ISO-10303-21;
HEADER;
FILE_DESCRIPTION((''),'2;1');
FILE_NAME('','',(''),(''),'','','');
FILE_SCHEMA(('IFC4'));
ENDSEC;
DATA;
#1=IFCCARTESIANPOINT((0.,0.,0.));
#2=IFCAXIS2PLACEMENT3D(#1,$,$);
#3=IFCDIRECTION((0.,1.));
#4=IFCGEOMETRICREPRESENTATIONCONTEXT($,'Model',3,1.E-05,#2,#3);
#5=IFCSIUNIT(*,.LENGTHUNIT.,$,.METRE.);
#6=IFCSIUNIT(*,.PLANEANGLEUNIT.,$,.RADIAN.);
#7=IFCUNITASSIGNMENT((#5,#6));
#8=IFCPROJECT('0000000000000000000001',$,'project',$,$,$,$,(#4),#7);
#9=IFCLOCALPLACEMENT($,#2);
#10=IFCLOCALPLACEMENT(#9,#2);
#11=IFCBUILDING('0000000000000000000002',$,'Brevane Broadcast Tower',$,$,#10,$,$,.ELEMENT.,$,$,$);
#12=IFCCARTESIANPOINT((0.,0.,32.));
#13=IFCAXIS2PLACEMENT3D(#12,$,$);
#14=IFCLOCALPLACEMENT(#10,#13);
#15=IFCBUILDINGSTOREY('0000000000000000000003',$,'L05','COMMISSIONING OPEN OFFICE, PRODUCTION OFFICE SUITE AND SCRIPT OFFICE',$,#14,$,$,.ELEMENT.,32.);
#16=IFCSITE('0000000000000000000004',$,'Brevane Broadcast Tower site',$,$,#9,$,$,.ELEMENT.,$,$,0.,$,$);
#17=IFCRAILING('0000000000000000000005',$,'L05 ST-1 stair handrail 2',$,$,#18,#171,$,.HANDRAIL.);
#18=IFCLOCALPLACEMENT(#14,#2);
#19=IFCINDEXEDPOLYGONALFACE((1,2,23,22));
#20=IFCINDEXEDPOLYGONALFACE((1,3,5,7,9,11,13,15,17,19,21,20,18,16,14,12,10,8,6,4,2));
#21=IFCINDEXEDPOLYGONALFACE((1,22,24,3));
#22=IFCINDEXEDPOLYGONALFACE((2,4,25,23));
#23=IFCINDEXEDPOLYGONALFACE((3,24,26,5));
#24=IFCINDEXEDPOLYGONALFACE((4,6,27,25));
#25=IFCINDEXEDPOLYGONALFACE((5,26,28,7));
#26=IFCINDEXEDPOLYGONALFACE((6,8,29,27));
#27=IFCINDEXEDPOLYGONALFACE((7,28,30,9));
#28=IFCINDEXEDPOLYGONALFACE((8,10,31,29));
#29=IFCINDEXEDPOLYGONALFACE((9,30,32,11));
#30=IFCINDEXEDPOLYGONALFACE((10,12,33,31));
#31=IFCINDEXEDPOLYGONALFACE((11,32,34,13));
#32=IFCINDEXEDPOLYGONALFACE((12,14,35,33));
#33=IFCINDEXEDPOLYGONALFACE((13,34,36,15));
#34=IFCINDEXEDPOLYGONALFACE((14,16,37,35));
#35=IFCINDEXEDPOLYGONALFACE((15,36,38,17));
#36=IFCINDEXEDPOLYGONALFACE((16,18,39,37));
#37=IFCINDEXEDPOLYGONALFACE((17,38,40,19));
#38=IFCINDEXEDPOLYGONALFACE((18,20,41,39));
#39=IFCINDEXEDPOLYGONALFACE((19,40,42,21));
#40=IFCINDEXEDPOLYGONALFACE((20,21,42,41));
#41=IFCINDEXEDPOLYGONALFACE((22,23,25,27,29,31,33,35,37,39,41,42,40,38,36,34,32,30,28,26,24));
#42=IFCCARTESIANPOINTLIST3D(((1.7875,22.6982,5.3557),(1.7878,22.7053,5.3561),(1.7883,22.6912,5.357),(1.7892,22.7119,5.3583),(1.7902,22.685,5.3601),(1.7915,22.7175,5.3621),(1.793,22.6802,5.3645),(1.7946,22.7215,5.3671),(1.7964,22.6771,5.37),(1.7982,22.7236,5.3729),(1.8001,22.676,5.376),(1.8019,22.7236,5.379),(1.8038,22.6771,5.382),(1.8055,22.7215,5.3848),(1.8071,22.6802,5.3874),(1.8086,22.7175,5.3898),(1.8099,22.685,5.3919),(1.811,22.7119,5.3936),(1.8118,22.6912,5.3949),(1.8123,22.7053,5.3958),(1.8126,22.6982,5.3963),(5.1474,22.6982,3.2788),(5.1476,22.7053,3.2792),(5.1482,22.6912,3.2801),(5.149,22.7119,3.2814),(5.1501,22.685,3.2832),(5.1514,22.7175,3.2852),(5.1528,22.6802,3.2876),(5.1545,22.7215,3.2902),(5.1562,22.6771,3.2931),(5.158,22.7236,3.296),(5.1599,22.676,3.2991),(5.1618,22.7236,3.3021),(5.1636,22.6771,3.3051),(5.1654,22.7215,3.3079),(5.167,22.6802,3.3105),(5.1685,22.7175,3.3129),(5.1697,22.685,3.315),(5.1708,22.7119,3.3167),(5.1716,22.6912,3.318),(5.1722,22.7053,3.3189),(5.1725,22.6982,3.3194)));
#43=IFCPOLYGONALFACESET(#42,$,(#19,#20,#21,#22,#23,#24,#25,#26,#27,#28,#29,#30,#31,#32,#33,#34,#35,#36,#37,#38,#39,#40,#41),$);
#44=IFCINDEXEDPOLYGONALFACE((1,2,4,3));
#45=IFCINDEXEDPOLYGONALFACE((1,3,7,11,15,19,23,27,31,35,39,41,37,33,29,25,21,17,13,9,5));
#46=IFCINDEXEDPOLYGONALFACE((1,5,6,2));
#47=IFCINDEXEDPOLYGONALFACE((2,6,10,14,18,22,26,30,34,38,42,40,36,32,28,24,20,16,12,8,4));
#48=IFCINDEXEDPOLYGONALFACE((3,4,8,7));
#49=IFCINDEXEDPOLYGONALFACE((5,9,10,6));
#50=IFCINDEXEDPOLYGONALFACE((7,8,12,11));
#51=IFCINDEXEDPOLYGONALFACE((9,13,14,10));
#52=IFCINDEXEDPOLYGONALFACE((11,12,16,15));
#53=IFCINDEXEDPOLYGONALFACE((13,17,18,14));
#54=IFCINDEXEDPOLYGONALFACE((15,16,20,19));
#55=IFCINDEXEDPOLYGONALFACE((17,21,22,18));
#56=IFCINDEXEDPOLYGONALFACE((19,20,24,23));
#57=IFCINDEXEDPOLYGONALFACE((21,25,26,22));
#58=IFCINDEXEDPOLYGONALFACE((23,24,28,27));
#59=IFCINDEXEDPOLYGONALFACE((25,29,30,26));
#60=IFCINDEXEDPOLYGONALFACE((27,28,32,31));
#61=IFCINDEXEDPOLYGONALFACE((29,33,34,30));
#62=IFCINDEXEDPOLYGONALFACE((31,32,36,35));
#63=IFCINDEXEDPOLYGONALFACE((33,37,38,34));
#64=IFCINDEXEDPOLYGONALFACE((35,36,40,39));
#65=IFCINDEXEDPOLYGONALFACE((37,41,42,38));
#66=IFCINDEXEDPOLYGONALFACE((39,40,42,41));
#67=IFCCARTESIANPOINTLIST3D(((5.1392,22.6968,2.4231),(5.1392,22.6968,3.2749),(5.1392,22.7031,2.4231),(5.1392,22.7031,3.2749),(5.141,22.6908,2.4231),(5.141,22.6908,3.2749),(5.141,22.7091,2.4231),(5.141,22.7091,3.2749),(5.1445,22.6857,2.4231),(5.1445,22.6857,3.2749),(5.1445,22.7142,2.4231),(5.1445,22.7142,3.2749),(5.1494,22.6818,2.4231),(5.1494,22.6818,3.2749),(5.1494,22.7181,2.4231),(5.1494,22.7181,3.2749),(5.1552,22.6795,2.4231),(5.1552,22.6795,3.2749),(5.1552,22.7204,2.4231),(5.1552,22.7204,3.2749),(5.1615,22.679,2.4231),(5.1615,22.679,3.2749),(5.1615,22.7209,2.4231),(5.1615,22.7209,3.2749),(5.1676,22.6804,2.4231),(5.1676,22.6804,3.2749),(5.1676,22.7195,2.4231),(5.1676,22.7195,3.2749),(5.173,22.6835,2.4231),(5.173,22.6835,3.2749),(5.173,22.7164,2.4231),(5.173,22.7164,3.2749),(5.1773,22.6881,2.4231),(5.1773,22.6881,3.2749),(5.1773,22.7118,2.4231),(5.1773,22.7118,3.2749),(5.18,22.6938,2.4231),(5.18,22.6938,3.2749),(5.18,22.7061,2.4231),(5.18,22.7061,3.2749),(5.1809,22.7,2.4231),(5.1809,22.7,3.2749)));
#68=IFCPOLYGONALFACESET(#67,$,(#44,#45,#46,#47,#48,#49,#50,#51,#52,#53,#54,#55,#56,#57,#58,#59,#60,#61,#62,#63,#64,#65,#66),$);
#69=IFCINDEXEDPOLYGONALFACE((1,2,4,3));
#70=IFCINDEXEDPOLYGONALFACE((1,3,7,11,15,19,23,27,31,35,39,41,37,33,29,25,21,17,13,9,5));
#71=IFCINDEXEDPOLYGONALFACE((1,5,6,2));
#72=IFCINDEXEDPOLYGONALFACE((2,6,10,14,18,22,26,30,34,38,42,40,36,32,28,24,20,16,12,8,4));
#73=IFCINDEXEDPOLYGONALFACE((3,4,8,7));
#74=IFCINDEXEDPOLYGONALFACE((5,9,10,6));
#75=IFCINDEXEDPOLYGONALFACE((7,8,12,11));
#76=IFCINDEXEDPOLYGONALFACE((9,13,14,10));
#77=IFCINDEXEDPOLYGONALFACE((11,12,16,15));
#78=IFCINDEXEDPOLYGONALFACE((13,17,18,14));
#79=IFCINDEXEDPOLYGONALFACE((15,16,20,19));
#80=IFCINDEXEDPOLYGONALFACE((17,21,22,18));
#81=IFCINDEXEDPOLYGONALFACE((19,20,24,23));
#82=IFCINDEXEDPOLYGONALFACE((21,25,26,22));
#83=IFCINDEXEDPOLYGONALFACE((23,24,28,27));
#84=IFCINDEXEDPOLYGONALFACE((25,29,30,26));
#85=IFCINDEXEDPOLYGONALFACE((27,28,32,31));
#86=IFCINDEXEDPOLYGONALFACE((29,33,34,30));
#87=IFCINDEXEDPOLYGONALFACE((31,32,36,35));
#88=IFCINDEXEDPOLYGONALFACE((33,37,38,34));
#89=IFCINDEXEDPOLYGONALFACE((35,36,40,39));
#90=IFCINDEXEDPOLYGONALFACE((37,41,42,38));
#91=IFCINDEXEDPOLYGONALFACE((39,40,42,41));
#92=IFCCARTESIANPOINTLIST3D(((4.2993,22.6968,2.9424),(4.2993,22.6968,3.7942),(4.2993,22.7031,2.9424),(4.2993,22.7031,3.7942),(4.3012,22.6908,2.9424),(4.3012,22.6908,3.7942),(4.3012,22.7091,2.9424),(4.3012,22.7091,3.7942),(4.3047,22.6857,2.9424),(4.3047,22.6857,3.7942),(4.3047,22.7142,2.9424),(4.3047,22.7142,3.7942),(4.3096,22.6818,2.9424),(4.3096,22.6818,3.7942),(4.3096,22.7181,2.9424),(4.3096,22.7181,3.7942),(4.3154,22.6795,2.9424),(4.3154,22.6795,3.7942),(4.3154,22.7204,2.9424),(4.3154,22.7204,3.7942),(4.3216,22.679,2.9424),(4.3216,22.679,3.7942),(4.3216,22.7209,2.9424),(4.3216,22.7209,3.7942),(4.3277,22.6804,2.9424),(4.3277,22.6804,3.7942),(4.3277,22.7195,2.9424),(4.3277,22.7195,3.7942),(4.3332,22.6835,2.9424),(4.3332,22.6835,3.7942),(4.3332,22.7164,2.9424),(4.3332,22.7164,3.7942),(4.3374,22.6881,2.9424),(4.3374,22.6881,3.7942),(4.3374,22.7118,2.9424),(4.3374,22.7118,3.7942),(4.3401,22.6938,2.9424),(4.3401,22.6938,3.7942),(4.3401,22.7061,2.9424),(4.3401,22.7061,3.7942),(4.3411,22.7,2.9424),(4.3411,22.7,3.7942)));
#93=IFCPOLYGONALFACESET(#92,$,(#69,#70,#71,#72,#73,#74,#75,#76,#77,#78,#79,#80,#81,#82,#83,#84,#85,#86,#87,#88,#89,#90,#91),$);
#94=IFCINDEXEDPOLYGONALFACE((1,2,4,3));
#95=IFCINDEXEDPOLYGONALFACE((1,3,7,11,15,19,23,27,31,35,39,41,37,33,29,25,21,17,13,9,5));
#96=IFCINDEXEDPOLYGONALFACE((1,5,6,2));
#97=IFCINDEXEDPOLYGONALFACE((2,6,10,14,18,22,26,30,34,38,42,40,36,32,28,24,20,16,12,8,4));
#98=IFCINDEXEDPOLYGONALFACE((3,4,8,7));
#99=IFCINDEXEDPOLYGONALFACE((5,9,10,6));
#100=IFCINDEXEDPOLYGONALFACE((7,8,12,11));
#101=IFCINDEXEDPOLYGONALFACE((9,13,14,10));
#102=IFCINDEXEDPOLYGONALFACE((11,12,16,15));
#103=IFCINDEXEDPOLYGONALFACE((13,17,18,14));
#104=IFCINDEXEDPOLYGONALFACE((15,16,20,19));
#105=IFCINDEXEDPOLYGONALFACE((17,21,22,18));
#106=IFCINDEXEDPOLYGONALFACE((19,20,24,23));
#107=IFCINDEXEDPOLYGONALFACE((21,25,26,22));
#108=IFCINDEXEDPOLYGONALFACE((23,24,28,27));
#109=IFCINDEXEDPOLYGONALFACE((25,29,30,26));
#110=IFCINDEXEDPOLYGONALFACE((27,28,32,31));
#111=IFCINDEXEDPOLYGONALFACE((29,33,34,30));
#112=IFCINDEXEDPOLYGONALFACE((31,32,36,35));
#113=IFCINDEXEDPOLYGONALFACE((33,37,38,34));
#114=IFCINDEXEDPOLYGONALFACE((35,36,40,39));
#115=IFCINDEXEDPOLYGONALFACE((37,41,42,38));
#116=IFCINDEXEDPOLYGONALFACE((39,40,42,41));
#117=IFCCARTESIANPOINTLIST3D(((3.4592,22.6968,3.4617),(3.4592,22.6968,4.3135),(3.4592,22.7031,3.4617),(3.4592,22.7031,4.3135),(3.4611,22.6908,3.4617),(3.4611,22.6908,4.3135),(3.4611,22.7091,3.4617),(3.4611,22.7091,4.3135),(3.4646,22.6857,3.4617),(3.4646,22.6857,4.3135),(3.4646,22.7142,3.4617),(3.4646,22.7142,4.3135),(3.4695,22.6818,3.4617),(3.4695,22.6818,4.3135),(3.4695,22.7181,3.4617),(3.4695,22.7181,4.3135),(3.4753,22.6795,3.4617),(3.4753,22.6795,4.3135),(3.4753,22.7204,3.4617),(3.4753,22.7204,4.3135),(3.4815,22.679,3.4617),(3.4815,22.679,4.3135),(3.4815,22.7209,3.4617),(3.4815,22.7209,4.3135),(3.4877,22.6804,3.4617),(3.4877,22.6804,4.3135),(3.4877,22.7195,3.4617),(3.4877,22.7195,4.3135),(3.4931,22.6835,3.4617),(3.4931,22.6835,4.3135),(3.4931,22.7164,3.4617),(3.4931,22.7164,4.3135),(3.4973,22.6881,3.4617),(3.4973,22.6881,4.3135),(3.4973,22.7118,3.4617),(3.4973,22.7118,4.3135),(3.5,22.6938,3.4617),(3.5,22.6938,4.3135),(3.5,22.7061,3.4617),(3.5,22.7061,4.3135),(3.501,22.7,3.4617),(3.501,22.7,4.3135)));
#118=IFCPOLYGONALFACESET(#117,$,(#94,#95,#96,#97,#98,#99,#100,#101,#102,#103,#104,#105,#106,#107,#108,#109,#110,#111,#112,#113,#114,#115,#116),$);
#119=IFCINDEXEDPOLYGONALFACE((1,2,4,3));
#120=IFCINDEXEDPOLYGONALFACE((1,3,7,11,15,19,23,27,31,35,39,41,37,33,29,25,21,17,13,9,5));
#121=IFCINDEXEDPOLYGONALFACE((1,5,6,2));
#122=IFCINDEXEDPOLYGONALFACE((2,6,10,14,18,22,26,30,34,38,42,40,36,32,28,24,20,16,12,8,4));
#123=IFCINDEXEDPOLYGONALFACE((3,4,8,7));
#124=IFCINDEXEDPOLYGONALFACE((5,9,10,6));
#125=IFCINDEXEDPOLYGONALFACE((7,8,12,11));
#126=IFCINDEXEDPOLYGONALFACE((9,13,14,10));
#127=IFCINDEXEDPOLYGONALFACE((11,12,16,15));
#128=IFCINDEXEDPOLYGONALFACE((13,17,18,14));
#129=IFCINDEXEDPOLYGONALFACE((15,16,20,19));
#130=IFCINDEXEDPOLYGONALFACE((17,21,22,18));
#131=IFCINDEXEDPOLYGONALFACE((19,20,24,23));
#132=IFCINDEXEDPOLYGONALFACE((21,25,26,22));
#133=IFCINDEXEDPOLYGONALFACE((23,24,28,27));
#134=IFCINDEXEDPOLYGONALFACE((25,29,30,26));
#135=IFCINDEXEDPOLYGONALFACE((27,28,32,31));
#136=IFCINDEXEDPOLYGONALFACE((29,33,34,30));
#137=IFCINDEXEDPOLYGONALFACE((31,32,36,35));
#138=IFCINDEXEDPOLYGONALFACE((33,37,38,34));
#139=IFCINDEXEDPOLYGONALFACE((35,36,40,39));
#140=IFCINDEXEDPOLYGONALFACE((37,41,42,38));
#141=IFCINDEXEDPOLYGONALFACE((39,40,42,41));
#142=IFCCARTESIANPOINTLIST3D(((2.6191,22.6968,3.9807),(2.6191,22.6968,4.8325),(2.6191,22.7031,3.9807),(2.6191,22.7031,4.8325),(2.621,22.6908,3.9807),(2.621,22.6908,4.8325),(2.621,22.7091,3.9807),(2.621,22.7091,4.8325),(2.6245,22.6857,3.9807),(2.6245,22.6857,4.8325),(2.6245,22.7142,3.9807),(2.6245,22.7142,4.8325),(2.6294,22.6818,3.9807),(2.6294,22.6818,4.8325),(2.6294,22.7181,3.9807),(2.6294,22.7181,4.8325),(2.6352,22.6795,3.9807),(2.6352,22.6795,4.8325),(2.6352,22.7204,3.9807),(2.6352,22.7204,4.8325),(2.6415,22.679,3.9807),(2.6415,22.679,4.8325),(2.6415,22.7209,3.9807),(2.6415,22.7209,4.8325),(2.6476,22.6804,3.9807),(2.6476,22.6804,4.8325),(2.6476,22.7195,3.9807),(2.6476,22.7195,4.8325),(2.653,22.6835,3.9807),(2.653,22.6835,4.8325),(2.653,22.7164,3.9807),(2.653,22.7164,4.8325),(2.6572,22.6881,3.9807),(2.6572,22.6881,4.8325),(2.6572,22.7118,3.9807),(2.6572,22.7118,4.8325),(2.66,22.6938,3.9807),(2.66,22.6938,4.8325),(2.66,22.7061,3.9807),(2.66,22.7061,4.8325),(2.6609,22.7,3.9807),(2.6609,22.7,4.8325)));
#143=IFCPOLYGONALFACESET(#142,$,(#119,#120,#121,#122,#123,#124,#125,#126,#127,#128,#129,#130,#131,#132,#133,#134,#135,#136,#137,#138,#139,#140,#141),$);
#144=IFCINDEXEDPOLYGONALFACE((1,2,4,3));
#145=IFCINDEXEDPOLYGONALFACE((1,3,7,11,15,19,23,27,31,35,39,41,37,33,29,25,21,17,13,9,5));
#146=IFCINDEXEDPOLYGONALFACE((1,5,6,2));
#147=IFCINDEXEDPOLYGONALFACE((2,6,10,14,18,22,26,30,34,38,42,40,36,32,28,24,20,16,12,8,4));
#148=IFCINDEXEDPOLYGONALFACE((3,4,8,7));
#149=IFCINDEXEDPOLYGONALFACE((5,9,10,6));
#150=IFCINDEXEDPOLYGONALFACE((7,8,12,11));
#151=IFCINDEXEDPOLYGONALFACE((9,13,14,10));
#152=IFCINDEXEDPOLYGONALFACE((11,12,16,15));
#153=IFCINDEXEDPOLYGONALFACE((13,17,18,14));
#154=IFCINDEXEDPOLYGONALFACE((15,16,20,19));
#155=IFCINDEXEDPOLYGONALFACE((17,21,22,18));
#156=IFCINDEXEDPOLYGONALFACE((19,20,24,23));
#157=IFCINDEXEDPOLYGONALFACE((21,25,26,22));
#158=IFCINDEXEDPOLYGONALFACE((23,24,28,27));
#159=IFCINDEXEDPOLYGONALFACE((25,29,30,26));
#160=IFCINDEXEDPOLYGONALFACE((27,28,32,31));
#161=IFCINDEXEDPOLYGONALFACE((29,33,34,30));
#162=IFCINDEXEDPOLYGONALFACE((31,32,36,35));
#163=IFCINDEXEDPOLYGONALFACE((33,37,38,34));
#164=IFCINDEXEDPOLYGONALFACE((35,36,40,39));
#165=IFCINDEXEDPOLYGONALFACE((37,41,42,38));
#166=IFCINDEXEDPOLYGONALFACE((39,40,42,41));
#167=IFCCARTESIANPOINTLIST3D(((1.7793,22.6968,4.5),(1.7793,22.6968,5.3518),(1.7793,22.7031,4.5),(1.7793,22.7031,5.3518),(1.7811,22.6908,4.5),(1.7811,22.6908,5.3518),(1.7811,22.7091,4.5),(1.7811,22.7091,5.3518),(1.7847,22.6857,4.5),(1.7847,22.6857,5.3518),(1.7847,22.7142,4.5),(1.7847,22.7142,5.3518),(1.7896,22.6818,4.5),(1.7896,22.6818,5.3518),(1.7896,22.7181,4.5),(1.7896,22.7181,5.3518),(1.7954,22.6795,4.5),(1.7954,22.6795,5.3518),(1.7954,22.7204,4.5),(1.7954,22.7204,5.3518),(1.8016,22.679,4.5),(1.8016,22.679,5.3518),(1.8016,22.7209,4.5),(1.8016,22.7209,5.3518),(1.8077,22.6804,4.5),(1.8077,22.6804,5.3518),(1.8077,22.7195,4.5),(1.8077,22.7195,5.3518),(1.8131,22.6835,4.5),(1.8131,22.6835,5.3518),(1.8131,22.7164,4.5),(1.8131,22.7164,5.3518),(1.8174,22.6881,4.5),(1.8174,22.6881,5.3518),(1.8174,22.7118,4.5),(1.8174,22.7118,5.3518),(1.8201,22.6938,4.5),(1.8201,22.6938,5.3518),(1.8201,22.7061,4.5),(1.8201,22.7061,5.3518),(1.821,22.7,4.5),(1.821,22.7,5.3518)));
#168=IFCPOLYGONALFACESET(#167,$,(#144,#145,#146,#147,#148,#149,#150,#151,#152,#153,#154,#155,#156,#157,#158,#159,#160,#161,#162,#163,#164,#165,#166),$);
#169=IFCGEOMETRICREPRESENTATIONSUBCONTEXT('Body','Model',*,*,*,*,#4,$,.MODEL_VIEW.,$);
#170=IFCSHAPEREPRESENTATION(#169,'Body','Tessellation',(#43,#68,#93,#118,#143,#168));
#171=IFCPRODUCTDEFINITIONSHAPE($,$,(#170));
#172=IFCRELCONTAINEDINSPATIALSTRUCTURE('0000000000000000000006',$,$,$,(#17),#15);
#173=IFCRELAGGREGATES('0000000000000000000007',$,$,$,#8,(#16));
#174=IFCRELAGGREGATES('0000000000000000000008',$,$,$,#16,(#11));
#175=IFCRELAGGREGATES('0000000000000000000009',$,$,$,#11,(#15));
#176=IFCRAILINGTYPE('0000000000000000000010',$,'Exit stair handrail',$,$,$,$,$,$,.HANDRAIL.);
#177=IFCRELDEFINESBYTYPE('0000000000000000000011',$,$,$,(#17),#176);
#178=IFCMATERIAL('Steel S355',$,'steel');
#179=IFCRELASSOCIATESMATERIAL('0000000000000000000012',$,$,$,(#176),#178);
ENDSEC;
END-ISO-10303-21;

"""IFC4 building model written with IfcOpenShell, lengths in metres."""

from ifc_helpers import new_model, si_unit, direction, frame, origin, origin_2d, place, context, subcontext, project, spatial, circle, extrude, material, type_object, element, save


model = new_model("IFC4")

# Units and contexts
model_context = context("Model", 3, precision=1e-05, world=origin(), true_north=direction((0.0, 1.0)))
body_context = subcontext(model_context, "Body", "Model", "MODEL_VIEW")
ifc_project = project(units=[si_unit("LENGTHUNIT", "METRE"), si_unit("PLANEANGLEUNIT", "RADIAN")], contexts=[model_context])

# Site, building, storey
site_placement = place(None, origin())
site = spatial("IfcSite", under=ifc_project, at=site_placement, Name="Brevane Broadcast Tower site", CompositionType="ELEMENT", RefElevation=0.0)
building_placement = place(site_placement, origin())
building = spatial("IfcBuilding", under=site, at=building_placement, Name="Brevane Broadcast Tower", CompositionType="ELEMENT")
storey_placement = place(building_placement, frame((0.0, 0.0, 32.0)))
storey = spatial("IfcBuildingStorey", under=building, at=storey_placement, Name="L05", Description="COMMISSIONING OPEN OFFICE, PRODUCTION OFFICE SUITE AND SCRIPT OFFICE", CompositionType="ELEMENT", Elevation=32.0)

# Railing
ifc_material_1 = material(Name="Steel S355", Category="steel")
railing_type_1 = type_object("IfcRailingType", Name="Exit stair handrail", PredefinedType="HANDRAIL", material=ifc_material_1)
railing_1_placement = place(storey_placement, frame((5.1599, 22.7, 2.4231)))
element("IfcRailing", 1, at=railing_1_placement, inside=storey, type_object=railing_type_1, Name="L05 ST-1 stair handrail 2", PredefinedType="HANDRAIL", context=body_context, shape_type="SweptSolid", body=[
    extrude(circle(Radius=0.0239, at=origin_2d()), frame((0.0, 0.0, 0.876), z_axis=(-0.850606, 0.0, 0.525803), x_axis=(0.0, -1.0, 0.0)), (0.0, 0.0, 1.0), 3.95),
    extrude(circle(Radius=0.021, at=origin_2d()), origin(), (0.0, 0.0, 1.0), 0.8518),
    extrude(circle(Radius=0.021, at=origin_2d()), frame((-0.8398, 0.0, 0.5193)), (0.0, 0.0, 1.0), 0.8518),
    extrude(circle(Radius=0.021, at=origin_2d()), frame((-1.6799, 0.0, 1.0386)), (0.0, 0.0, 1.0), 0.8518),
    extrude(circle(Radius=0.021, at=origin_2d()), frame((-2.52, 0.0, 1.5576)), (0.0, 0.0, 1.0), 0.8518),
    extrude(circle(Radius=0.021, at=origin_2d()), frame((-3.3599, 0.0, 2.0769)), (0.0, 0.0, 1.0), 0.8518),
])

save(model, "model.ifc")
